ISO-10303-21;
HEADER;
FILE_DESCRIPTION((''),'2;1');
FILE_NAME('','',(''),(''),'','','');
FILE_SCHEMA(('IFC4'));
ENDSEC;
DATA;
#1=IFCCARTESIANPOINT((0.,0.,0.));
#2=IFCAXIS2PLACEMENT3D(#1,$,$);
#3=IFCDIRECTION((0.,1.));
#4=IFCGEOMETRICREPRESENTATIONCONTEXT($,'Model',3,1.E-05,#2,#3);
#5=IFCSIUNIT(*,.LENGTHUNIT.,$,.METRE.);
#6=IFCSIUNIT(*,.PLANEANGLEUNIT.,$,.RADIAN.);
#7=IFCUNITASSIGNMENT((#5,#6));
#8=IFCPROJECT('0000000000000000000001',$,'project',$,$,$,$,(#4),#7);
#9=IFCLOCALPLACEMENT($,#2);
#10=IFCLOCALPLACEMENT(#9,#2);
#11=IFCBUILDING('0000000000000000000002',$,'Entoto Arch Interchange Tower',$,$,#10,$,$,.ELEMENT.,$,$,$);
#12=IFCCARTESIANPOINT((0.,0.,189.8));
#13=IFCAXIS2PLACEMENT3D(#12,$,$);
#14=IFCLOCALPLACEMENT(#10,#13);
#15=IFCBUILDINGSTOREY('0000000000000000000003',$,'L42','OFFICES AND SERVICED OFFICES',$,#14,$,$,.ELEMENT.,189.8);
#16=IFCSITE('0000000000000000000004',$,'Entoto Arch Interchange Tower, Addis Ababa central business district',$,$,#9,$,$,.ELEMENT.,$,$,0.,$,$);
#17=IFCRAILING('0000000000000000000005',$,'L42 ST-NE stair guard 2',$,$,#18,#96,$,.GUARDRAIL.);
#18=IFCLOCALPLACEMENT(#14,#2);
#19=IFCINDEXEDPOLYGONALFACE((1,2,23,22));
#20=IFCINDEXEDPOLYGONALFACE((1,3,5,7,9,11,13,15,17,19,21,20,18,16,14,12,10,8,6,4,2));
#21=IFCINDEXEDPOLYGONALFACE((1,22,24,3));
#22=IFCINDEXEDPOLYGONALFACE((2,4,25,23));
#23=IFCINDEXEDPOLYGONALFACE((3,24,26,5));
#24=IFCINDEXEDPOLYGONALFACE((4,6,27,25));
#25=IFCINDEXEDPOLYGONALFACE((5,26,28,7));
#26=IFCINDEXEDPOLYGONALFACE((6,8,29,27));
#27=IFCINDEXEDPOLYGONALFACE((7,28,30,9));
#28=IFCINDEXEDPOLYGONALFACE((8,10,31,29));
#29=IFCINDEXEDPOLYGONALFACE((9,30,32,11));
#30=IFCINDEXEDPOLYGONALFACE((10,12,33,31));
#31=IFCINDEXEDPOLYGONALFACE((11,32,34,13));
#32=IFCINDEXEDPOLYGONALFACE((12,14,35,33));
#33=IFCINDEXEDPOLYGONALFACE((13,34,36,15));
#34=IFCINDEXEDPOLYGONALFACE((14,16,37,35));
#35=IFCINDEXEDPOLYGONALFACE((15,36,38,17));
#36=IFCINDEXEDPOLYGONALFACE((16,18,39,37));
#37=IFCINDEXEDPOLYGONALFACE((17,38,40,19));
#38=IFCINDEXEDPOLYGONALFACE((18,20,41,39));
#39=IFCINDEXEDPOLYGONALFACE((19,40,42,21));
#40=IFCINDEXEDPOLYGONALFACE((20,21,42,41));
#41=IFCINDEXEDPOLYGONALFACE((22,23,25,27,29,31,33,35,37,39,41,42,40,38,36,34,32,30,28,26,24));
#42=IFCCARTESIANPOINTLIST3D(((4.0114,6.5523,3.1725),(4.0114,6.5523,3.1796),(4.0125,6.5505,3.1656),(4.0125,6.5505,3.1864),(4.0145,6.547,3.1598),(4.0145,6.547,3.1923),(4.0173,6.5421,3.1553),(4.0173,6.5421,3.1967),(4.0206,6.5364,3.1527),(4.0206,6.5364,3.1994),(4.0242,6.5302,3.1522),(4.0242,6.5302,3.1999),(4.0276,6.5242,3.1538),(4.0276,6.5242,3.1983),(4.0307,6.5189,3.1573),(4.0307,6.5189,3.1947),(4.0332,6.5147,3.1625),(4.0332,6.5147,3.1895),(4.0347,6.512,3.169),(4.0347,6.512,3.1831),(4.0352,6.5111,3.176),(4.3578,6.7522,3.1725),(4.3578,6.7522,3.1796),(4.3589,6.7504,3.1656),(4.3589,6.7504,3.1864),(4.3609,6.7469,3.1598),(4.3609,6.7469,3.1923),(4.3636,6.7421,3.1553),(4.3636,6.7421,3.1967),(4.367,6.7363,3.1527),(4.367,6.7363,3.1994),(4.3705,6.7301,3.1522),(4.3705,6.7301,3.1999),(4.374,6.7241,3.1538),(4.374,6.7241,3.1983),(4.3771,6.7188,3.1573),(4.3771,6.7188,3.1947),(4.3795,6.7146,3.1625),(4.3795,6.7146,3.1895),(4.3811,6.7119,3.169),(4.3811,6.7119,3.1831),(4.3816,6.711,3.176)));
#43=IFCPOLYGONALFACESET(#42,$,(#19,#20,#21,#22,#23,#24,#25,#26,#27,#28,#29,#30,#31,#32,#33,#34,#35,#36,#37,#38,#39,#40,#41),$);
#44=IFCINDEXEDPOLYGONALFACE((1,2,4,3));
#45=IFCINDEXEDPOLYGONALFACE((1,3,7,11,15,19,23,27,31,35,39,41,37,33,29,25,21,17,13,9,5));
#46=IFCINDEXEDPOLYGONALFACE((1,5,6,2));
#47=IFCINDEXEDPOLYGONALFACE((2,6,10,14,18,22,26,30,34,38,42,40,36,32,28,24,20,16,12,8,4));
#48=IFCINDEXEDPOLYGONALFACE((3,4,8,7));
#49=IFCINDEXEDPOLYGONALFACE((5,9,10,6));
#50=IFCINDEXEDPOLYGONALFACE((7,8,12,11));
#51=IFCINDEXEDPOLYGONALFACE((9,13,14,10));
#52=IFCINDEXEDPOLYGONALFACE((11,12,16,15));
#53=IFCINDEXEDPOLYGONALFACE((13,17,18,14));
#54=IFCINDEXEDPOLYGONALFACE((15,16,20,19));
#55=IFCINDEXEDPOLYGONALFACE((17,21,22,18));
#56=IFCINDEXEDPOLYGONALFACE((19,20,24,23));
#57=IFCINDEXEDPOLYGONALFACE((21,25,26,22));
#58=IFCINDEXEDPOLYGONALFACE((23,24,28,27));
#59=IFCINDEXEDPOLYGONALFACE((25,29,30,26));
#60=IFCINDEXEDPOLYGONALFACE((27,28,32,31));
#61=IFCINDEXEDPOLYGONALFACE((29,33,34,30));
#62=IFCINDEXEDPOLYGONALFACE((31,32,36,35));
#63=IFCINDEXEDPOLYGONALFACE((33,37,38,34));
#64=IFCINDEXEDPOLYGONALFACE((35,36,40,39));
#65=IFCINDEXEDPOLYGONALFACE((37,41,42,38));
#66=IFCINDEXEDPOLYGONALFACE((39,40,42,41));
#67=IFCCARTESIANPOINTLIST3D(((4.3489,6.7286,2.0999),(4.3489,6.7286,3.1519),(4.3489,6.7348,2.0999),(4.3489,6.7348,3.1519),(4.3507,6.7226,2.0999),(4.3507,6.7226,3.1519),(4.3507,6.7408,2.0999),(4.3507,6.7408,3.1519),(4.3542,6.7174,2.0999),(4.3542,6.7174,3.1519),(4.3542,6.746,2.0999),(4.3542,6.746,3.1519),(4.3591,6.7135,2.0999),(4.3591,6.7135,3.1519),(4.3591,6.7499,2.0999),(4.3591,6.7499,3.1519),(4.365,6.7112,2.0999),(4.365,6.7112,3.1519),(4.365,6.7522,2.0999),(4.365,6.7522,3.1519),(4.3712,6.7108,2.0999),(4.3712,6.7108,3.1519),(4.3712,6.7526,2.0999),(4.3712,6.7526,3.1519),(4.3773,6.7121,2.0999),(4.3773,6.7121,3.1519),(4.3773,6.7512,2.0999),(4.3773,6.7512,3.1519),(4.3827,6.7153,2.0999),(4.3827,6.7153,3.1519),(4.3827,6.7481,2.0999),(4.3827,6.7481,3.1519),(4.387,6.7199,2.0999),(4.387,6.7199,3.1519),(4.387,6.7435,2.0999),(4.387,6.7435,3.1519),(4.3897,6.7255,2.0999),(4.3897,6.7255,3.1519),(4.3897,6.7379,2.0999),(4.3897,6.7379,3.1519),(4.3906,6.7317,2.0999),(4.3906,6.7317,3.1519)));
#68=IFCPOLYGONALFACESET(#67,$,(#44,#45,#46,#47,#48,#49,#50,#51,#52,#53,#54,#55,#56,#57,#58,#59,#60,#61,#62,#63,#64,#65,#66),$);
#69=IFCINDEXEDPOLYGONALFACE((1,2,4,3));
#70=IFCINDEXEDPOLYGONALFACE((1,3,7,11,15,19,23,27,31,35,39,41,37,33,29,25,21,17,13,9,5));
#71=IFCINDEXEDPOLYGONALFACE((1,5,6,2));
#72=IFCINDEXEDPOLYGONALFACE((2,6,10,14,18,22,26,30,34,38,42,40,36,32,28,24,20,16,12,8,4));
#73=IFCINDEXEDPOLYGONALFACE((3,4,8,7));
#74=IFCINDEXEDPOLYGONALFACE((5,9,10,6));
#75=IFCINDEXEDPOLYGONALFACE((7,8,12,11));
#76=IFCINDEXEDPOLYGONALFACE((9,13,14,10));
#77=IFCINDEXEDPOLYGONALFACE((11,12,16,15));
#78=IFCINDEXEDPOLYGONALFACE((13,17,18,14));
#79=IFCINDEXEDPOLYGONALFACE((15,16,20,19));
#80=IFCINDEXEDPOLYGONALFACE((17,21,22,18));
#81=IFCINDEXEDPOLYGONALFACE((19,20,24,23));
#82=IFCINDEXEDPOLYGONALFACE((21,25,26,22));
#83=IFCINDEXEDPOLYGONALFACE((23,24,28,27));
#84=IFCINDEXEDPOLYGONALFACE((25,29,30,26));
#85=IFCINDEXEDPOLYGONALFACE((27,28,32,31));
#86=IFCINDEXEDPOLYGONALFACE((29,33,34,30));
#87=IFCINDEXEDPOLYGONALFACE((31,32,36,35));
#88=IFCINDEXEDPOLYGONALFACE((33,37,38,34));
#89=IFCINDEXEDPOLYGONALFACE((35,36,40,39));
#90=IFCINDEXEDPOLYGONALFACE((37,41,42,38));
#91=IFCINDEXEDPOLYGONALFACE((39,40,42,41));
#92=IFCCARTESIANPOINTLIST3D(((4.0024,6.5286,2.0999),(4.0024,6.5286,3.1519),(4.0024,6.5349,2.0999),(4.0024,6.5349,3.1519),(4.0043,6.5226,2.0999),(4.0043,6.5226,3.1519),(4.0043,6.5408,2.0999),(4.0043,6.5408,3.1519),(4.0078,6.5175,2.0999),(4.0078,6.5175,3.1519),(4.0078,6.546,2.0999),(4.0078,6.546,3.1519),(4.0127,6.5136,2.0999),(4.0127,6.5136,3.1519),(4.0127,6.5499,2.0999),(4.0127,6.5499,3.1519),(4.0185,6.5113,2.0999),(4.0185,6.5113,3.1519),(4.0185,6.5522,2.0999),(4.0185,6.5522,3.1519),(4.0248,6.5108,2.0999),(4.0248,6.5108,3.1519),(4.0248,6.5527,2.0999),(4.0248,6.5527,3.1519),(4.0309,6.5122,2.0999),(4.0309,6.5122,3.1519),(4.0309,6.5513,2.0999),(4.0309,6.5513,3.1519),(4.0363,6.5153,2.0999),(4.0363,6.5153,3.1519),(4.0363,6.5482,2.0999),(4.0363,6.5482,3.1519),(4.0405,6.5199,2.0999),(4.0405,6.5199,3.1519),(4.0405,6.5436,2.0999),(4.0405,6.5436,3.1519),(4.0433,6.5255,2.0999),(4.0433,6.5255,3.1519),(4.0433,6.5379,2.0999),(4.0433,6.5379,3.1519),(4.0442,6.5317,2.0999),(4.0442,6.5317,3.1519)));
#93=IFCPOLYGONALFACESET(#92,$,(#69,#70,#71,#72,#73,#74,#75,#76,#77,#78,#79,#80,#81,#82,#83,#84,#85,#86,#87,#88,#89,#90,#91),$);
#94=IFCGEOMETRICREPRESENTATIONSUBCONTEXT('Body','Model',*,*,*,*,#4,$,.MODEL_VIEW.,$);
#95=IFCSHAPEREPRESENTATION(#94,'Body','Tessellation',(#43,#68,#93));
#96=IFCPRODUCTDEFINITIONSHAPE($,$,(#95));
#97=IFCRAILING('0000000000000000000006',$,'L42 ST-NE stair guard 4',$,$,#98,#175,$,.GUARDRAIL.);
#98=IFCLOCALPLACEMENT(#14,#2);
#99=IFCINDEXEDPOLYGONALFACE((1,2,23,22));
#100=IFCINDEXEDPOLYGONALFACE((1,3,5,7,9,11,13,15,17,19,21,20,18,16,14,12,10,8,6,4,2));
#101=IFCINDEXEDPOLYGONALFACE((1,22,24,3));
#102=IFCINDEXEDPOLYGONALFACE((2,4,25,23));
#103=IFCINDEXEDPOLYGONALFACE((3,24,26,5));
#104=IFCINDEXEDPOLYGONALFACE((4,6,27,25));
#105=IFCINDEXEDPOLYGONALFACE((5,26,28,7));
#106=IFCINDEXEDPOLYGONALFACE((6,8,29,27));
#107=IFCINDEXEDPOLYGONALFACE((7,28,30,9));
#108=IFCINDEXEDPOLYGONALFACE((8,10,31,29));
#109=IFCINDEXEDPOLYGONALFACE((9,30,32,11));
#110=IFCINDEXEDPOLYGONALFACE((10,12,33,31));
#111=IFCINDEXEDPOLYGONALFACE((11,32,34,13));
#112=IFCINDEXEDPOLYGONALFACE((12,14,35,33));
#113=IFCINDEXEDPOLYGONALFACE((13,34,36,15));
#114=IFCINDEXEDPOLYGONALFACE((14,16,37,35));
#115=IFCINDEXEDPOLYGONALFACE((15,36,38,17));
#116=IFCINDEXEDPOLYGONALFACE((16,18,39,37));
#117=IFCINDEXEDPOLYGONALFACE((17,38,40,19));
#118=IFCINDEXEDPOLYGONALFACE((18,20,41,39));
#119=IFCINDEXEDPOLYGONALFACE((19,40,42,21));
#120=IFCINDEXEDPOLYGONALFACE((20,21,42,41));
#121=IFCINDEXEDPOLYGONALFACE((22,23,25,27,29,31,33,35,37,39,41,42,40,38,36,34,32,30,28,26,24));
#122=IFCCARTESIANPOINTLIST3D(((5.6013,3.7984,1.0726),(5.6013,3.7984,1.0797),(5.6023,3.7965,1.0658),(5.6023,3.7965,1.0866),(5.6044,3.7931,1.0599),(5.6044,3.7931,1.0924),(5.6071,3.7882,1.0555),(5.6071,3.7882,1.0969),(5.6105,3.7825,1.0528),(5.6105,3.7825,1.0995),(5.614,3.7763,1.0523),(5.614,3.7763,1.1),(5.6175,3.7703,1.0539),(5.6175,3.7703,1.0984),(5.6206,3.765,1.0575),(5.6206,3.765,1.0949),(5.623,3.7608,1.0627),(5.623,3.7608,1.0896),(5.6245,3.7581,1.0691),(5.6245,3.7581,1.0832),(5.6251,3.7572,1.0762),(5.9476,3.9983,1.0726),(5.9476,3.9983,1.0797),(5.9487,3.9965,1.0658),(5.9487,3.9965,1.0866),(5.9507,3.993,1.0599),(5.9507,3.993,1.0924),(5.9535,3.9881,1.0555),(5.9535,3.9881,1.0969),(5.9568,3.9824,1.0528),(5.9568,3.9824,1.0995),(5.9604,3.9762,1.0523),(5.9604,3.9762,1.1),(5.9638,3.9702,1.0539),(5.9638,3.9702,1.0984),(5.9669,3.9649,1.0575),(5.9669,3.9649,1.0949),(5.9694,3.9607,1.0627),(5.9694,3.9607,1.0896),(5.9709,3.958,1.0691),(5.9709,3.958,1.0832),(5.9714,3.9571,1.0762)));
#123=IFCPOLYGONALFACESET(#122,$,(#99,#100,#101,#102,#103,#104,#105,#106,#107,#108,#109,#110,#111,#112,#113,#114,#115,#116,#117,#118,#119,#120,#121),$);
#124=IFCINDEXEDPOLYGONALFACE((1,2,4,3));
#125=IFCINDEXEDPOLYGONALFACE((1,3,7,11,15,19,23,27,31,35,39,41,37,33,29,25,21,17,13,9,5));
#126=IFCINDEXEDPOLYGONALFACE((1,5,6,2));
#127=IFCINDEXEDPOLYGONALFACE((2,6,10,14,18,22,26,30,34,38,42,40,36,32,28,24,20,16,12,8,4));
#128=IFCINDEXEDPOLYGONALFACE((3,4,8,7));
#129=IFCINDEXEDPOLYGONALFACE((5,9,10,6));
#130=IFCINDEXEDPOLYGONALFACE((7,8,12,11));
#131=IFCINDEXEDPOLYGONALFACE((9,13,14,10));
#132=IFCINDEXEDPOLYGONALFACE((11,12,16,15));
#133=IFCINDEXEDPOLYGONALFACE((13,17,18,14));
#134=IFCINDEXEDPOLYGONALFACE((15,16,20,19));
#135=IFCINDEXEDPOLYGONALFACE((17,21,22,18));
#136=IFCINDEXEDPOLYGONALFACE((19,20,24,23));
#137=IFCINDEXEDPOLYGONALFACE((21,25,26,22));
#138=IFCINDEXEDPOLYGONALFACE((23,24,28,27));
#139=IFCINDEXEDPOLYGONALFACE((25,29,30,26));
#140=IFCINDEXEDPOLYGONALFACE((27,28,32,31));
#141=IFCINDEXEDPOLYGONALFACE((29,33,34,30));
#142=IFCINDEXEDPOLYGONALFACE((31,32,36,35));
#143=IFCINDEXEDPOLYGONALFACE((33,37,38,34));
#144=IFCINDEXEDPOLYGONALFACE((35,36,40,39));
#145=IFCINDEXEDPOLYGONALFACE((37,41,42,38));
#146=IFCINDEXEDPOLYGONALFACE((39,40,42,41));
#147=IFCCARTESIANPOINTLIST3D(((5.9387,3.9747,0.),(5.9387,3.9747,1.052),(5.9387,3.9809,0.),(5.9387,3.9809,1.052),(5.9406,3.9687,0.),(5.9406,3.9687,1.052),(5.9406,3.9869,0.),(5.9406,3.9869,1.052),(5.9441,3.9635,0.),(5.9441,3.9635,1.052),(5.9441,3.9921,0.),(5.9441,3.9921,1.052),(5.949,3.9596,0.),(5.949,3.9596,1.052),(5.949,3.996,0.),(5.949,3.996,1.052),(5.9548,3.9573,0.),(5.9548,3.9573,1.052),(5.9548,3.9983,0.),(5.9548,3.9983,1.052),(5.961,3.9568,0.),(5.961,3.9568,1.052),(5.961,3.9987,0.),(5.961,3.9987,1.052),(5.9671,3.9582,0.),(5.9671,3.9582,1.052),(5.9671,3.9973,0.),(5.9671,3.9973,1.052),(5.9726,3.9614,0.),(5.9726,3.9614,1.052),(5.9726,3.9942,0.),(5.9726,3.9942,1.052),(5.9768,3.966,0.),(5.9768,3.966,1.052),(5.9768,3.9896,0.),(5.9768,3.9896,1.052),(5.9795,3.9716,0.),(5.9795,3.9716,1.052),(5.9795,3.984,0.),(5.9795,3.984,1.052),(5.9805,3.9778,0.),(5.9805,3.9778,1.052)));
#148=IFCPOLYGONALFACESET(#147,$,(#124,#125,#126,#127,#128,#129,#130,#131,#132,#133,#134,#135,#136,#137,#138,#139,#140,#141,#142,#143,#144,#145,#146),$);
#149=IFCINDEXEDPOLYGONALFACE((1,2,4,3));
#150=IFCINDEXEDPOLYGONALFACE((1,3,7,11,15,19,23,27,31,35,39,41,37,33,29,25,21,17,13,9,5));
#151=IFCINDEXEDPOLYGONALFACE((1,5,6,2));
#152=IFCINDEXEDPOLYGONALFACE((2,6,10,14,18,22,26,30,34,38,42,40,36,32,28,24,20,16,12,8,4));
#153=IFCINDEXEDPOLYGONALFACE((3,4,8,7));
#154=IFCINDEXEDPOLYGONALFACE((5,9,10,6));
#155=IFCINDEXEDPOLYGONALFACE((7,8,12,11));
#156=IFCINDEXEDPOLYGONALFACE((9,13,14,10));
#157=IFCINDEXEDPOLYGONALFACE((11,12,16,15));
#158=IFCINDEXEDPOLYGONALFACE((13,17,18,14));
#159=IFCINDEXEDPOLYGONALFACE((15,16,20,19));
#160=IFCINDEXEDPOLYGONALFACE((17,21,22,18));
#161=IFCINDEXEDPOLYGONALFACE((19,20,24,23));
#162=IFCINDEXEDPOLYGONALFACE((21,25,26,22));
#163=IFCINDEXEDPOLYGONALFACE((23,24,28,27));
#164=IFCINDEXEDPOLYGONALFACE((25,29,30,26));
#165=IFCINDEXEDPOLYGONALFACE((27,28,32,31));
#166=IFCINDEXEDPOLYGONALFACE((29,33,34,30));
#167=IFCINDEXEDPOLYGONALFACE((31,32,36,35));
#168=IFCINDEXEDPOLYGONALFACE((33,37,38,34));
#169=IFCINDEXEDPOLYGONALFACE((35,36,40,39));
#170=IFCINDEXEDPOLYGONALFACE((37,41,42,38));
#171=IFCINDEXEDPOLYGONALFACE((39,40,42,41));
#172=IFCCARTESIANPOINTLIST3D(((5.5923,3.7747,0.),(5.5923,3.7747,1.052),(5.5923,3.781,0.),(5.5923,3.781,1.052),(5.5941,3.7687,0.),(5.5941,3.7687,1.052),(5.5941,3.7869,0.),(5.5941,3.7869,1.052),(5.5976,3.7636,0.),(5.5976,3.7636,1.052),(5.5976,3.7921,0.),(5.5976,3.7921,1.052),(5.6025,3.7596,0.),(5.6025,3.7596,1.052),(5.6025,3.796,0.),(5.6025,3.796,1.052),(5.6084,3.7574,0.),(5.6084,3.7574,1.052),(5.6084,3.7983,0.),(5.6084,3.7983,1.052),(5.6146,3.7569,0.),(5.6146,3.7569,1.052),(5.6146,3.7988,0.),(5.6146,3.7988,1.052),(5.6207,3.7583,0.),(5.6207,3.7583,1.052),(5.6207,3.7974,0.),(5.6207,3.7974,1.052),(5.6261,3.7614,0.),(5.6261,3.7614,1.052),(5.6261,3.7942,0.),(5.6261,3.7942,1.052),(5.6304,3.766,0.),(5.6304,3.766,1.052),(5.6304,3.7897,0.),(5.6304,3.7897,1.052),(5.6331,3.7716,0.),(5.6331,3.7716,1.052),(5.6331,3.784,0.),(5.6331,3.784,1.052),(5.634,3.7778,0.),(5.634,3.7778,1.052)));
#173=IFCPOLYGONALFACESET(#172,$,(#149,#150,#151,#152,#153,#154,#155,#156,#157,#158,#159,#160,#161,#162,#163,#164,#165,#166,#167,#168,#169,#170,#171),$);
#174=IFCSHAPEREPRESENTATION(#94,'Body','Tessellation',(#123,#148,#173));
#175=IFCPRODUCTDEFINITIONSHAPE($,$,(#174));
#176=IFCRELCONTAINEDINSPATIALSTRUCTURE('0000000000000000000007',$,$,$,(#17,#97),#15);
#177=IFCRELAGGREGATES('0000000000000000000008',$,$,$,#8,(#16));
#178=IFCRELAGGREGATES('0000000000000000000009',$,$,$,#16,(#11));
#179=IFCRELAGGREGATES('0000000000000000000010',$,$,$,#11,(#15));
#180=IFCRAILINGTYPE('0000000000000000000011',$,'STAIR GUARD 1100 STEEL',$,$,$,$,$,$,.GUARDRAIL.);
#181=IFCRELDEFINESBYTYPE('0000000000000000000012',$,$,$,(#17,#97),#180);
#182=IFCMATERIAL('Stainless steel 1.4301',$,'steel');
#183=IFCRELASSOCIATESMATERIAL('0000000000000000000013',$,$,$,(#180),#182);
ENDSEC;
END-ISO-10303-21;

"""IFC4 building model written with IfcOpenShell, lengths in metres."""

from ifc_helpers import new_model, si_unit, direction, frame, origin, origin_2d, place, context, subcontext, project, spatial, circle, extrude, material, type_object, element, save


model = new_model("IFC4")

# Units and contexts
model_context = context("Model", 3, precision=1e-05, world=origin(), true_north=direction((0.0, 1.0)))
body_context = subcontext(model_context, "Body", "Model", "MODEL_VIEW")
ifc_project = project(units=[si_unit("LENGTHUNIT", "METRE"), si_unit("PLANEANGLEUNIT", "RADIAN")], contexts=[model_context])

# Site, building, storey
site_placement = place(None, origin())
site = spatial("IfcSite", under=ifc_project, at=site_placement, Name="Entoto Arch Interchange Tower, Addis Ababa central business district", CompositionType="ELEMENT", RefElevation=0.0)
building_placement = place(site_placement, origin())
building = spatial("IfcBuilding", under=site, at=building_placement, Name="Entoto Arch Interchange Tower", CompositionType="ELEMENT")
storey_placement = place(building_placement, frame((0.0, 0.0, 189.8)))
storey = spatial("IfcBuildingStorey", under=building, at=storey_placement, Name="L42", Description="OFFICES AND SERVICED OFFICES", CompositionType="ELEMENT", Elevation=189.8)

# Railings
ifc_material_1 = material(Name="Stainless steel 1.4301", Category="steel")
railing_type_1 = type_object("IfcRailingType", Name="STAIR GUARD 1100 STEEL", PredefinedType="GUARDRAIL", material=ifc_material_1)
for number, where, name in (
    (1, (4.3696, 6.7317, 2.0999), "L42 ST-NE stair guard 2"),
    (2, (5.9595, 3.9778, 0.0), "L42 ST-NE stair guard 4"),
):
    element("IfcRailing", number, at=place(storey_placement, frame(where)), inside=storey, type_object=railing_type_1, Name=name, PredefinedType="GUARDRAIL", context=body_context, shape_type="SweptSolid", body=[
        extrude(circle(Radius=0.0239, at=origin_2d()), frame((0.0, 0.0, 1.0762), z_axis=(-0.866094, -0.499881, 0.0), x_axis=(0.499881, -0.866094, 0.0)), (0.0, 0.0, 1.0), 0.3999),
        extrude(circle(Radius=0.021, at=origin_2d()), origin(), (0.0, 0.0, 1.0), 1.052),
        extrude(circle(Radius=0.021, at=origin_2d()), frame((-0.3464, -0.2, 0.0)), (0.0, 0.0, 1.0), 1.052),
    ])

save(model, "model.ifc")
